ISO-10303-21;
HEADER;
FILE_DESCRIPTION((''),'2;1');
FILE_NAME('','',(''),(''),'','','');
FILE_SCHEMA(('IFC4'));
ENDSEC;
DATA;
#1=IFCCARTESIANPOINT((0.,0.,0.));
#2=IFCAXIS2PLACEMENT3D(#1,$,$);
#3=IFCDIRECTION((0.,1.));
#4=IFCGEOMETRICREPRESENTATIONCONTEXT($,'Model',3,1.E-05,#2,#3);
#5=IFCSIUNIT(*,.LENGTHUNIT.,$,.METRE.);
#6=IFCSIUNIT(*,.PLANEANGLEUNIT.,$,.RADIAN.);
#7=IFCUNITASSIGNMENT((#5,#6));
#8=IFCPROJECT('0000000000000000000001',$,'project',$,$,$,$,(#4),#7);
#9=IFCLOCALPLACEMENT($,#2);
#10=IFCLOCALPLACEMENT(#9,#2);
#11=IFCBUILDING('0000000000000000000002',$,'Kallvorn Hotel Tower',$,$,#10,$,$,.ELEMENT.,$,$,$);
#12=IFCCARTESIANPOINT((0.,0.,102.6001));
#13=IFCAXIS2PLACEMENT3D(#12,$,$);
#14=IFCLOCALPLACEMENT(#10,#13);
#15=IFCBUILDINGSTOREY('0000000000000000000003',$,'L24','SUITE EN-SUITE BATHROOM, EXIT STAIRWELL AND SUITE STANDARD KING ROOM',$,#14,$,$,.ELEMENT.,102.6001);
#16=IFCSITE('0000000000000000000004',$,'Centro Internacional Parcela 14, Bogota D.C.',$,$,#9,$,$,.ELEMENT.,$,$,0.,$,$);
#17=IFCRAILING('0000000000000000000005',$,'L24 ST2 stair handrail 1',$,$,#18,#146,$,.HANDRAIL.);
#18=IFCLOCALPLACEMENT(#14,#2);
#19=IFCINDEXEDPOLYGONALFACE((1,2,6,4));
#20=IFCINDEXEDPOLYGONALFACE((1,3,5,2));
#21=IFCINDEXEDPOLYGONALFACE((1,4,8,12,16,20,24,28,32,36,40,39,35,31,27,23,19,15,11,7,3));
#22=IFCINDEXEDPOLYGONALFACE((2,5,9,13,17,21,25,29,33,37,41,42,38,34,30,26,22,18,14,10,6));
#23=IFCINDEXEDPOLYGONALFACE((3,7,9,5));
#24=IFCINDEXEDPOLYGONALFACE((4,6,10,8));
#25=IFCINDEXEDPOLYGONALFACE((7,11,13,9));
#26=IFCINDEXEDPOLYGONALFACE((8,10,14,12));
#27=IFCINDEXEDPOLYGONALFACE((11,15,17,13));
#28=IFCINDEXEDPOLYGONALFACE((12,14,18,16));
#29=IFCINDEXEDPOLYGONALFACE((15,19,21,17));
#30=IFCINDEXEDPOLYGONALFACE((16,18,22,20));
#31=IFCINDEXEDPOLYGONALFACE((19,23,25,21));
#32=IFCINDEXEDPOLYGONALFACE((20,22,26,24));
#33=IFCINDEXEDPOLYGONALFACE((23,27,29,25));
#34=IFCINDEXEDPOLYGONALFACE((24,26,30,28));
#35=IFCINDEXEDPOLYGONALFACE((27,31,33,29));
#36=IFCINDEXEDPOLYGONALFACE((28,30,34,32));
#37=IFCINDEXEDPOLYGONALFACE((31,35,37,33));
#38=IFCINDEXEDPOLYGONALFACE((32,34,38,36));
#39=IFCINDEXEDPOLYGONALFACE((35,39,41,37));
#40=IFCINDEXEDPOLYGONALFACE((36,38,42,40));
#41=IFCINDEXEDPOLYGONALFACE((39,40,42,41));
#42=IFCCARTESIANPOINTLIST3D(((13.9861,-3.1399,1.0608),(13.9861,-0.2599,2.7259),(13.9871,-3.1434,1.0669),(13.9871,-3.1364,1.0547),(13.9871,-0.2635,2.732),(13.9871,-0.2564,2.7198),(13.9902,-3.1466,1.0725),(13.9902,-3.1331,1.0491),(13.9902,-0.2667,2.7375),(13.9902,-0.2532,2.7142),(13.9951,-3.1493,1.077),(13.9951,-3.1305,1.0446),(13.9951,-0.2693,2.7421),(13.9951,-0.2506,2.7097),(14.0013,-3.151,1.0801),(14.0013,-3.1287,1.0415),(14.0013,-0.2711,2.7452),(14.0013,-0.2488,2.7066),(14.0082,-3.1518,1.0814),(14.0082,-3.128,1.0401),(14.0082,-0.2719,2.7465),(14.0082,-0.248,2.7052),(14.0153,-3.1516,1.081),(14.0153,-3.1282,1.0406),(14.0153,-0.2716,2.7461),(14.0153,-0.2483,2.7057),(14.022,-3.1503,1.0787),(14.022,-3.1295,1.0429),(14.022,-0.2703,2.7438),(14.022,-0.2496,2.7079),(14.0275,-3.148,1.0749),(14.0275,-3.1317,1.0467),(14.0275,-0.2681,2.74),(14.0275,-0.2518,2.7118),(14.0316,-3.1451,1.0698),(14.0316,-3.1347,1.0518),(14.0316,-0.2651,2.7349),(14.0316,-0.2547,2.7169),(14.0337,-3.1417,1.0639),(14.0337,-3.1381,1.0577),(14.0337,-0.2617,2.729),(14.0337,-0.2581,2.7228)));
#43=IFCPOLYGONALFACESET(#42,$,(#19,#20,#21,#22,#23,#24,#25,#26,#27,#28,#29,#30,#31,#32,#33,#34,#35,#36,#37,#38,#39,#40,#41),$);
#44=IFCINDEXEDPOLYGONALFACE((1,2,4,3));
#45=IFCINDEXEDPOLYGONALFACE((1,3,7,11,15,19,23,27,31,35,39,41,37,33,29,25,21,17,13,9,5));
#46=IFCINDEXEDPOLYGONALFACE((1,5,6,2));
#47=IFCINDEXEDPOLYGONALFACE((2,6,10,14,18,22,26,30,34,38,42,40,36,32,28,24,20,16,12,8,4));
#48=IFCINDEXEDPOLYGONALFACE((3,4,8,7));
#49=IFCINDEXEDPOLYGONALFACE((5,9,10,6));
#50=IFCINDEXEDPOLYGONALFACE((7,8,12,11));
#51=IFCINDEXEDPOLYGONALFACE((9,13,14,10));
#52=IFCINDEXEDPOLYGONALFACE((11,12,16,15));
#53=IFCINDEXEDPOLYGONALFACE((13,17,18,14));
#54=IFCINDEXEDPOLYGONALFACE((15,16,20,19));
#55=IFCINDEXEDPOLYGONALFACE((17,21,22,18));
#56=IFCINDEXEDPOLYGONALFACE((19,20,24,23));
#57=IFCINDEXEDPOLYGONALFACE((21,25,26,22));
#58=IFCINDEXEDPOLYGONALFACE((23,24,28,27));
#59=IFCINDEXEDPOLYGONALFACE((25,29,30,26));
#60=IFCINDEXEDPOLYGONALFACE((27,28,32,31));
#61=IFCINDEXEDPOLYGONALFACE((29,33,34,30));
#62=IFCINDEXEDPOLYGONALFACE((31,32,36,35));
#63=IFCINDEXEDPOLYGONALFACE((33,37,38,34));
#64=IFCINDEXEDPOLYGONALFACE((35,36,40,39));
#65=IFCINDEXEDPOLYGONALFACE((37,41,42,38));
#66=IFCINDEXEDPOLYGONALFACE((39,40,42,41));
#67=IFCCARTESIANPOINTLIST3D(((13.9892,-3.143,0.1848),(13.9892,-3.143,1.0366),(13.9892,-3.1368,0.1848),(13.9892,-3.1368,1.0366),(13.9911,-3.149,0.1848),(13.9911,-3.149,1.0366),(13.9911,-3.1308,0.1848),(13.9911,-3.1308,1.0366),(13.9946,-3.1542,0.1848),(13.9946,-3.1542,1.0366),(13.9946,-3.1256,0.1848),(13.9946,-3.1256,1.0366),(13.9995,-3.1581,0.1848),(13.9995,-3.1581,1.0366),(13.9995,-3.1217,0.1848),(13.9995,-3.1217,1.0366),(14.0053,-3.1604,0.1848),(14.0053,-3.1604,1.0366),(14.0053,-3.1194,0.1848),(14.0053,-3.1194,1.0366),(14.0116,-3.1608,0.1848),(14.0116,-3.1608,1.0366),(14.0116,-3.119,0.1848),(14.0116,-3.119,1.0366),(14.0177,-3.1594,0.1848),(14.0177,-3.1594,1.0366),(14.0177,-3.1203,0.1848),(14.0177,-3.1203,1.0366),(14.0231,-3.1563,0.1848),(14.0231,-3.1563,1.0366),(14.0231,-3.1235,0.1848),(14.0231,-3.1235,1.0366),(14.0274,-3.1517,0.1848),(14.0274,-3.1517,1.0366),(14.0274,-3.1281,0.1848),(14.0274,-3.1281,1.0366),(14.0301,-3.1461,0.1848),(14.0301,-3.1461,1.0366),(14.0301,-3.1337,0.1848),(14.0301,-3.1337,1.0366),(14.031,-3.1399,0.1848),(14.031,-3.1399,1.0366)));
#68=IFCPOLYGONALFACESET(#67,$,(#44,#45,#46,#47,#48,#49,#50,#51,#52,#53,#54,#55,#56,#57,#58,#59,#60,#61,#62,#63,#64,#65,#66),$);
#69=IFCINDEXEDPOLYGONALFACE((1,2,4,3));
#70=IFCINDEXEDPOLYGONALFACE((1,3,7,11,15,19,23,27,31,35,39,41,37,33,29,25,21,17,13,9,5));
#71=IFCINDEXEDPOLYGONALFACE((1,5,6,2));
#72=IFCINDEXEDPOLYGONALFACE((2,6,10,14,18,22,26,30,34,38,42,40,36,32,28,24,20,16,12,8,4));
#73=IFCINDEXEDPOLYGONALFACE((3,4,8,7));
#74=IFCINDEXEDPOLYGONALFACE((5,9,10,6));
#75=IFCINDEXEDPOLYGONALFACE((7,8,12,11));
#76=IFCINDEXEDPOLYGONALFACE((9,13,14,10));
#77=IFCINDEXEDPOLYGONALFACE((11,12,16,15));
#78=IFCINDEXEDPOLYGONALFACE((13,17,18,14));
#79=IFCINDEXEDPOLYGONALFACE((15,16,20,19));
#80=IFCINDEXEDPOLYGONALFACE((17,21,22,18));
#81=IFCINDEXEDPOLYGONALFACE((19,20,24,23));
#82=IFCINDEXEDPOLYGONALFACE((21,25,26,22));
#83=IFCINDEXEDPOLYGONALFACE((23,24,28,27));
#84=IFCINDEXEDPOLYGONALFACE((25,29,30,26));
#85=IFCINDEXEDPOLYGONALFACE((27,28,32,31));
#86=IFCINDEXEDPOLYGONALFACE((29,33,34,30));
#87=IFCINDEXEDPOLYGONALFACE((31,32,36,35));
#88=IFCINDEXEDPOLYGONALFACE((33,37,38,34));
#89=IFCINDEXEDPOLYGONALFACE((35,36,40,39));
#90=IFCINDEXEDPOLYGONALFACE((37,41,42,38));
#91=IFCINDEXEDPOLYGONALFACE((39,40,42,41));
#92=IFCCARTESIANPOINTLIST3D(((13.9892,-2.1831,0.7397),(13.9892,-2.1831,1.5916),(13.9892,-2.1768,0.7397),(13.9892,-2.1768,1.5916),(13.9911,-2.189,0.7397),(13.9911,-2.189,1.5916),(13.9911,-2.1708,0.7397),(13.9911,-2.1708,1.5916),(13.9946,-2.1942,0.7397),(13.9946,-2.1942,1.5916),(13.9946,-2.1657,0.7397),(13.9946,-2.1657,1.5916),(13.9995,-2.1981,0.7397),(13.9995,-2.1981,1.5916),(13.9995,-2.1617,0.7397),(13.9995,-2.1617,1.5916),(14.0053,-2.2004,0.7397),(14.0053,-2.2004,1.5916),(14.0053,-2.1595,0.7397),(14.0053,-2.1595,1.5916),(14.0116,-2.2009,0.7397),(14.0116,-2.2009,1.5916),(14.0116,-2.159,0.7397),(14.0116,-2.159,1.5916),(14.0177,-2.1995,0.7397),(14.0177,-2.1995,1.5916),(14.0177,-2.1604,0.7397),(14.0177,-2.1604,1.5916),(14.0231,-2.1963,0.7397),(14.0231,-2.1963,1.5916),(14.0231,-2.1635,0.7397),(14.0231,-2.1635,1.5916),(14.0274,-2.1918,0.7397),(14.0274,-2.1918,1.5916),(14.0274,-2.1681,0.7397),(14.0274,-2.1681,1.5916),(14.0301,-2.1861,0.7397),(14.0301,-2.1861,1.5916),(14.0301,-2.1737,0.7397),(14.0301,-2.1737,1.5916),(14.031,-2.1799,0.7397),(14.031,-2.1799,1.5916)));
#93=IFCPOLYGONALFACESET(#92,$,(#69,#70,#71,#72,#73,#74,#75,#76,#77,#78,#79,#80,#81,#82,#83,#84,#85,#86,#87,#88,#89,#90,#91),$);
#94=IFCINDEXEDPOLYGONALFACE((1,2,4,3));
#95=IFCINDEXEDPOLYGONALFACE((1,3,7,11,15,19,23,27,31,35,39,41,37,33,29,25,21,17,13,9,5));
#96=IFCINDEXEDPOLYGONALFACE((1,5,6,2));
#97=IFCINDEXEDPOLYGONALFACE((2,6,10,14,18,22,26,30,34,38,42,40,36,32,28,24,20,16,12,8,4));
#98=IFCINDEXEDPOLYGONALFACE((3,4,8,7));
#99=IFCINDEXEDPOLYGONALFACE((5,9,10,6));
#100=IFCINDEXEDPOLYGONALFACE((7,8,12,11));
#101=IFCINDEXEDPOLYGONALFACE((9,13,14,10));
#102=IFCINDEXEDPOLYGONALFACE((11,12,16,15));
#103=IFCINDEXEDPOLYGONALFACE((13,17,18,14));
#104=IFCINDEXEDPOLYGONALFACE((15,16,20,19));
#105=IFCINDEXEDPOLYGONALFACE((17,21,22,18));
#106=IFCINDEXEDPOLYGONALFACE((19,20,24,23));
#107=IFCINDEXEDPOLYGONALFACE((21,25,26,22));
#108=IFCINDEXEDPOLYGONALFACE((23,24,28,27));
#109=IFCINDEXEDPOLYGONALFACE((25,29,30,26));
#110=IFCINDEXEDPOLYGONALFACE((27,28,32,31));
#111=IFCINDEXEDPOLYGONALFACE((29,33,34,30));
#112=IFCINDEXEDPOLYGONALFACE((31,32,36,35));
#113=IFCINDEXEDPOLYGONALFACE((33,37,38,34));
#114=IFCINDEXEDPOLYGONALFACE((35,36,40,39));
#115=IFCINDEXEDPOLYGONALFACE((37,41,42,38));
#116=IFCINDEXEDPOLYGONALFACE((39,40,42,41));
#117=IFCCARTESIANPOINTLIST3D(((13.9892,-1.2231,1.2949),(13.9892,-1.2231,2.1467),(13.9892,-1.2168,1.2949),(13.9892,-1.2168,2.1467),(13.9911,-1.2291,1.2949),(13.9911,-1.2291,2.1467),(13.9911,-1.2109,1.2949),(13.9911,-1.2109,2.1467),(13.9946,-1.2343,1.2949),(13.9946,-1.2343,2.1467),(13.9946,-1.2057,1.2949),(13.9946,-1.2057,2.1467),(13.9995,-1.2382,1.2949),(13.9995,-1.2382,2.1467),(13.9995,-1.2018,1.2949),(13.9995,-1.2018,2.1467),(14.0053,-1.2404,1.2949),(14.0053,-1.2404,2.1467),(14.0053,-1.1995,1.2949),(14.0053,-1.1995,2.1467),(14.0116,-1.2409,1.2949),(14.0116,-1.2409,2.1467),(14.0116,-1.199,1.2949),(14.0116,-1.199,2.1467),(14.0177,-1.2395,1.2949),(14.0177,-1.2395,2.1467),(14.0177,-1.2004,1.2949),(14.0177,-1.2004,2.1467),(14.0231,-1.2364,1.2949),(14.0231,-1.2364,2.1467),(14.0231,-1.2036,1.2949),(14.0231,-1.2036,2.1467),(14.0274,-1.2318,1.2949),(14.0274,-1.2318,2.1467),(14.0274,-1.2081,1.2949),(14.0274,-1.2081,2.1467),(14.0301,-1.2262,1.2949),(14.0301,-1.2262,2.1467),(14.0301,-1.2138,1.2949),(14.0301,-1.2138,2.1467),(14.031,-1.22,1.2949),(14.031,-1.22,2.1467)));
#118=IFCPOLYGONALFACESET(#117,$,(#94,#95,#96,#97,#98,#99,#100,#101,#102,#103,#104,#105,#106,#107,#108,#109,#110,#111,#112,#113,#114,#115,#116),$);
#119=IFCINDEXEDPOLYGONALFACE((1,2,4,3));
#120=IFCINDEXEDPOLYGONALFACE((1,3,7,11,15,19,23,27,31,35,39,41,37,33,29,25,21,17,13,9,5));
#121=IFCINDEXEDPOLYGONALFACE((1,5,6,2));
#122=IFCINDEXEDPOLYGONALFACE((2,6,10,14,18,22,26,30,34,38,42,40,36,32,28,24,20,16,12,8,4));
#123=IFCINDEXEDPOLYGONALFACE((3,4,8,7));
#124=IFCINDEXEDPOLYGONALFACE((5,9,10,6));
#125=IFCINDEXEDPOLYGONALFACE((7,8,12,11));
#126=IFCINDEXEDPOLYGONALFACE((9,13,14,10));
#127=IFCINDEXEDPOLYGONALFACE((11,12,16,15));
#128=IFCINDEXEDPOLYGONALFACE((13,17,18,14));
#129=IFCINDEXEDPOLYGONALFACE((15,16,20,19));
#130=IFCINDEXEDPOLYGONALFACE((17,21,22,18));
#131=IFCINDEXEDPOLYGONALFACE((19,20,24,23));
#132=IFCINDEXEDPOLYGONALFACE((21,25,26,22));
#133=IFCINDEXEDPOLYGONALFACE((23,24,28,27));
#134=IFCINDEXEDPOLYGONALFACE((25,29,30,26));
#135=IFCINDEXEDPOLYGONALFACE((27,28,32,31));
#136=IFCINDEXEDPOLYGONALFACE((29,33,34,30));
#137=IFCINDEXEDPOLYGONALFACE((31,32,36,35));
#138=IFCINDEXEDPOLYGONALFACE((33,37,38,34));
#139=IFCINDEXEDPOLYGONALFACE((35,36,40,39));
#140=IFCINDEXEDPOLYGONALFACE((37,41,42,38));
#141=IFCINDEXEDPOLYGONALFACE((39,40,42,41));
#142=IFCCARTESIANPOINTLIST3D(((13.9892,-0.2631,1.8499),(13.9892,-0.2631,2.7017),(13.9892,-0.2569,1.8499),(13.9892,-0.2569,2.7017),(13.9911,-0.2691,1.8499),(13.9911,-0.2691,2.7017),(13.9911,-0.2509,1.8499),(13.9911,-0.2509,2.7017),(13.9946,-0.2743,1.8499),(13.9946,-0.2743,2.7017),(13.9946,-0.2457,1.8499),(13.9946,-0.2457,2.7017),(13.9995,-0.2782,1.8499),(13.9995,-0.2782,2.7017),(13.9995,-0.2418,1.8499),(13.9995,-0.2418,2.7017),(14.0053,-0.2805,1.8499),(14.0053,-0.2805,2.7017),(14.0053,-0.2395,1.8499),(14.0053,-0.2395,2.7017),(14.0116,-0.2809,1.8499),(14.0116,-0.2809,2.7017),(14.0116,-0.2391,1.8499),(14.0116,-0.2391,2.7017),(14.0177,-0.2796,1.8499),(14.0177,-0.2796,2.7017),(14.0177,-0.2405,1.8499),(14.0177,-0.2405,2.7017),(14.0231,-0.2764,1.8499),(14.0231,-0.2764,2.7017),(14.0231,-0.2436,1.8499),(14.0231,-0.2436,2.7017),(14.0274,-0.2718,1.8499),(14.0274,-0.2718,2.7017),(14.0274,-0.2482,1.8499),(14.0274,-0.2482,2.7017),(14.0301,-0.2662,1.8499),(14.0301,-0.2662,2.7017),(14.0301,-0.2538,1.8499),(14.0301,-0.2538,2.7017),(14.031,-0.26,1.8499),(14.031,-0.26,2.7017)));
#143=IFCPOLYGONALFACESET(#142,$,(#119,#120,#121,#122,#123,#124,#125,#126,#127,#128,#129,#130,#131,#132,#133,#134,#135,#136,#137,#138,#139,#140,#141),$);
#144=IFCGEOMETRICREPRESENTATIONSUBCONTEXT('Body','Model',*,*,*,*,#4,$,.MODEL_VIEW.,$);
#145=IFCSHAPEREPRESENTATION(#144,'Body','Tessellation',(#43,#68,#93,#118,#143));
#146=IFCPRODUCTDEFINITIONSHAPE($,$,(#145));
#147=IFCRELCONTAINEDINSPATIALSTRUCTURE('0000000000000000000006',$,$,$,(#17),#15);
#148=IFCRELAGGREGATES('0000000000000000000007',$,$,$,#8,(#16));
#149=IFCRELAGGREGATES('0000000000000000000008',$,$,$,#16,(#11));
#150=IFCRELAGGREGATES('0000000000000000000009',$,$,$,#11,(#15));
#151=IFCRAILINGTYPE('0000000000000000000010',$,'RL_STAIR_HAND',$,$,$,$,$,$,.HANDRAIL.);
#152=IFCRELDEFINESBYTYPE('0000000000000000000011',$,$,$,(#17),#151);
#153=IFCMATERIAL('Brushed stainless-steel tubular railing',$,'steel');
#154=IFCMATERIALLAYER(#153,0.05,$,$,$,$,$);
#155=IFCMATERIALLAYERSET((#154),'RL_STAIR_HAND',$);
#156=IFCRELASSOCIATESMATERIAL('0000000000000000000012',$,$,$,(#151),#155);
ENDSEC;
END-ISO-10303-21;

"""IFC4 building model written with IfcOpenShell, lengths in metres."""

from ifc_helpers import new_model, si_unit, direction, frame, origin, origin_2d, place, context, subcontext, project, spatial, circle, extrude, material, layer, layer_set, type_object, element, save


model = new_model("IFC4")

# Units and contexts
model_context = context("Model", 3, precision=1e-05, world=origin(), true_north=direction((0.0, 1.0)))
body_context = subcontext(model_context, "Body", "Model", "MODEL_VIEW")
ifc_project = project(units=[si_unit("LENGTHUNIT", "METRE"), si_unit("PLANEANGLEUNIT", "RADIAN")], contexts=[model_context])

# Site, building, storey
site_placement = place(None, origin())
site = spatial("IfcSite", under=ifc_project, at=site_placement, Name="Centro Internacional Parcela 14, Bogota D.C.", CompositionType="ELEMENT", RefElevation=0.0)
building_placement = place(site_placement, origin())
building = spatial("IfcBuilding", under=site, at=building_placement, Name="Kallvorn Hotel Tower", CompositionType="ELEMENT")
storey_placement = place(building_placement, frame((0.0, 0.0, 102.6001)))
storey = spatial("IfcBuildingStorey", under=building, at=storey_placement, Name="L24", Description="SUITE EN-SUITE BATHROOM, EXIT STAIRWELL AND SUITE STANDARD KING ROOM", CompositionType="ELEMENT", Elevation=102.6001)

# Railing
ifc_material_1 = material(Name="Brushed stainless-steel tubular railing", Category="steel")
ifc_layer_1 = layer(ifc_material_1, 0.05)
ifc_layer_set_1 = layer_set([ifc_layer_1], Name="RL_STAIR_HAND")
railing_type_1 = type_object("IfcRailingType", Name="RL_STAIR_HAND", PredefinedType="HANDRAIL", material=ifc_layer_set_1)
railing_1_placement = place(storey_placement, frame((14.01, -3.1399, 0.1848)))
element("IfcRailing", 1, at=railing_1_placement, inside=storey, type_object=railing_type_1, Name="L24 ST2 stair handrail 1", PredefinedType="HANDRAIL", context=body_context, shape_type="SweptSolid", body=[
    extrude(circle(Radius=0.0239, at=origin_2d()), frame((0.0, 0.0, 0.876), z_axis=(0.0, 0.865721, 0.500527), x_axis=(-1.0, 0.0, 0.0)), (0.0, 0.0, 1.0), 3.3267),
    extrude(circle(Radius=0.021, at=origin_2d()), origin(), (0.0, 0.0, 1.0), 0.8518),
    extrude(circle(Radius=0.021, at=origin_2d()), frame((0.0, 0.96, 0.5549)), (0.0, 0.0, 1.0), 0.8518),
    extrude(circle(Radius=0.021, at=origin_2d()), frame((0.0, 1.9199, 1.1101)), (0.0, 0.0, 1.0), 0.8518),
    extrude(circle(Radius=0.021, at=origin_2d()), frame((0.0, 2.8799, 1.665)), (0.0, 0.0, 1.0), 0.8518),
])

save(model, "model.ifc")
